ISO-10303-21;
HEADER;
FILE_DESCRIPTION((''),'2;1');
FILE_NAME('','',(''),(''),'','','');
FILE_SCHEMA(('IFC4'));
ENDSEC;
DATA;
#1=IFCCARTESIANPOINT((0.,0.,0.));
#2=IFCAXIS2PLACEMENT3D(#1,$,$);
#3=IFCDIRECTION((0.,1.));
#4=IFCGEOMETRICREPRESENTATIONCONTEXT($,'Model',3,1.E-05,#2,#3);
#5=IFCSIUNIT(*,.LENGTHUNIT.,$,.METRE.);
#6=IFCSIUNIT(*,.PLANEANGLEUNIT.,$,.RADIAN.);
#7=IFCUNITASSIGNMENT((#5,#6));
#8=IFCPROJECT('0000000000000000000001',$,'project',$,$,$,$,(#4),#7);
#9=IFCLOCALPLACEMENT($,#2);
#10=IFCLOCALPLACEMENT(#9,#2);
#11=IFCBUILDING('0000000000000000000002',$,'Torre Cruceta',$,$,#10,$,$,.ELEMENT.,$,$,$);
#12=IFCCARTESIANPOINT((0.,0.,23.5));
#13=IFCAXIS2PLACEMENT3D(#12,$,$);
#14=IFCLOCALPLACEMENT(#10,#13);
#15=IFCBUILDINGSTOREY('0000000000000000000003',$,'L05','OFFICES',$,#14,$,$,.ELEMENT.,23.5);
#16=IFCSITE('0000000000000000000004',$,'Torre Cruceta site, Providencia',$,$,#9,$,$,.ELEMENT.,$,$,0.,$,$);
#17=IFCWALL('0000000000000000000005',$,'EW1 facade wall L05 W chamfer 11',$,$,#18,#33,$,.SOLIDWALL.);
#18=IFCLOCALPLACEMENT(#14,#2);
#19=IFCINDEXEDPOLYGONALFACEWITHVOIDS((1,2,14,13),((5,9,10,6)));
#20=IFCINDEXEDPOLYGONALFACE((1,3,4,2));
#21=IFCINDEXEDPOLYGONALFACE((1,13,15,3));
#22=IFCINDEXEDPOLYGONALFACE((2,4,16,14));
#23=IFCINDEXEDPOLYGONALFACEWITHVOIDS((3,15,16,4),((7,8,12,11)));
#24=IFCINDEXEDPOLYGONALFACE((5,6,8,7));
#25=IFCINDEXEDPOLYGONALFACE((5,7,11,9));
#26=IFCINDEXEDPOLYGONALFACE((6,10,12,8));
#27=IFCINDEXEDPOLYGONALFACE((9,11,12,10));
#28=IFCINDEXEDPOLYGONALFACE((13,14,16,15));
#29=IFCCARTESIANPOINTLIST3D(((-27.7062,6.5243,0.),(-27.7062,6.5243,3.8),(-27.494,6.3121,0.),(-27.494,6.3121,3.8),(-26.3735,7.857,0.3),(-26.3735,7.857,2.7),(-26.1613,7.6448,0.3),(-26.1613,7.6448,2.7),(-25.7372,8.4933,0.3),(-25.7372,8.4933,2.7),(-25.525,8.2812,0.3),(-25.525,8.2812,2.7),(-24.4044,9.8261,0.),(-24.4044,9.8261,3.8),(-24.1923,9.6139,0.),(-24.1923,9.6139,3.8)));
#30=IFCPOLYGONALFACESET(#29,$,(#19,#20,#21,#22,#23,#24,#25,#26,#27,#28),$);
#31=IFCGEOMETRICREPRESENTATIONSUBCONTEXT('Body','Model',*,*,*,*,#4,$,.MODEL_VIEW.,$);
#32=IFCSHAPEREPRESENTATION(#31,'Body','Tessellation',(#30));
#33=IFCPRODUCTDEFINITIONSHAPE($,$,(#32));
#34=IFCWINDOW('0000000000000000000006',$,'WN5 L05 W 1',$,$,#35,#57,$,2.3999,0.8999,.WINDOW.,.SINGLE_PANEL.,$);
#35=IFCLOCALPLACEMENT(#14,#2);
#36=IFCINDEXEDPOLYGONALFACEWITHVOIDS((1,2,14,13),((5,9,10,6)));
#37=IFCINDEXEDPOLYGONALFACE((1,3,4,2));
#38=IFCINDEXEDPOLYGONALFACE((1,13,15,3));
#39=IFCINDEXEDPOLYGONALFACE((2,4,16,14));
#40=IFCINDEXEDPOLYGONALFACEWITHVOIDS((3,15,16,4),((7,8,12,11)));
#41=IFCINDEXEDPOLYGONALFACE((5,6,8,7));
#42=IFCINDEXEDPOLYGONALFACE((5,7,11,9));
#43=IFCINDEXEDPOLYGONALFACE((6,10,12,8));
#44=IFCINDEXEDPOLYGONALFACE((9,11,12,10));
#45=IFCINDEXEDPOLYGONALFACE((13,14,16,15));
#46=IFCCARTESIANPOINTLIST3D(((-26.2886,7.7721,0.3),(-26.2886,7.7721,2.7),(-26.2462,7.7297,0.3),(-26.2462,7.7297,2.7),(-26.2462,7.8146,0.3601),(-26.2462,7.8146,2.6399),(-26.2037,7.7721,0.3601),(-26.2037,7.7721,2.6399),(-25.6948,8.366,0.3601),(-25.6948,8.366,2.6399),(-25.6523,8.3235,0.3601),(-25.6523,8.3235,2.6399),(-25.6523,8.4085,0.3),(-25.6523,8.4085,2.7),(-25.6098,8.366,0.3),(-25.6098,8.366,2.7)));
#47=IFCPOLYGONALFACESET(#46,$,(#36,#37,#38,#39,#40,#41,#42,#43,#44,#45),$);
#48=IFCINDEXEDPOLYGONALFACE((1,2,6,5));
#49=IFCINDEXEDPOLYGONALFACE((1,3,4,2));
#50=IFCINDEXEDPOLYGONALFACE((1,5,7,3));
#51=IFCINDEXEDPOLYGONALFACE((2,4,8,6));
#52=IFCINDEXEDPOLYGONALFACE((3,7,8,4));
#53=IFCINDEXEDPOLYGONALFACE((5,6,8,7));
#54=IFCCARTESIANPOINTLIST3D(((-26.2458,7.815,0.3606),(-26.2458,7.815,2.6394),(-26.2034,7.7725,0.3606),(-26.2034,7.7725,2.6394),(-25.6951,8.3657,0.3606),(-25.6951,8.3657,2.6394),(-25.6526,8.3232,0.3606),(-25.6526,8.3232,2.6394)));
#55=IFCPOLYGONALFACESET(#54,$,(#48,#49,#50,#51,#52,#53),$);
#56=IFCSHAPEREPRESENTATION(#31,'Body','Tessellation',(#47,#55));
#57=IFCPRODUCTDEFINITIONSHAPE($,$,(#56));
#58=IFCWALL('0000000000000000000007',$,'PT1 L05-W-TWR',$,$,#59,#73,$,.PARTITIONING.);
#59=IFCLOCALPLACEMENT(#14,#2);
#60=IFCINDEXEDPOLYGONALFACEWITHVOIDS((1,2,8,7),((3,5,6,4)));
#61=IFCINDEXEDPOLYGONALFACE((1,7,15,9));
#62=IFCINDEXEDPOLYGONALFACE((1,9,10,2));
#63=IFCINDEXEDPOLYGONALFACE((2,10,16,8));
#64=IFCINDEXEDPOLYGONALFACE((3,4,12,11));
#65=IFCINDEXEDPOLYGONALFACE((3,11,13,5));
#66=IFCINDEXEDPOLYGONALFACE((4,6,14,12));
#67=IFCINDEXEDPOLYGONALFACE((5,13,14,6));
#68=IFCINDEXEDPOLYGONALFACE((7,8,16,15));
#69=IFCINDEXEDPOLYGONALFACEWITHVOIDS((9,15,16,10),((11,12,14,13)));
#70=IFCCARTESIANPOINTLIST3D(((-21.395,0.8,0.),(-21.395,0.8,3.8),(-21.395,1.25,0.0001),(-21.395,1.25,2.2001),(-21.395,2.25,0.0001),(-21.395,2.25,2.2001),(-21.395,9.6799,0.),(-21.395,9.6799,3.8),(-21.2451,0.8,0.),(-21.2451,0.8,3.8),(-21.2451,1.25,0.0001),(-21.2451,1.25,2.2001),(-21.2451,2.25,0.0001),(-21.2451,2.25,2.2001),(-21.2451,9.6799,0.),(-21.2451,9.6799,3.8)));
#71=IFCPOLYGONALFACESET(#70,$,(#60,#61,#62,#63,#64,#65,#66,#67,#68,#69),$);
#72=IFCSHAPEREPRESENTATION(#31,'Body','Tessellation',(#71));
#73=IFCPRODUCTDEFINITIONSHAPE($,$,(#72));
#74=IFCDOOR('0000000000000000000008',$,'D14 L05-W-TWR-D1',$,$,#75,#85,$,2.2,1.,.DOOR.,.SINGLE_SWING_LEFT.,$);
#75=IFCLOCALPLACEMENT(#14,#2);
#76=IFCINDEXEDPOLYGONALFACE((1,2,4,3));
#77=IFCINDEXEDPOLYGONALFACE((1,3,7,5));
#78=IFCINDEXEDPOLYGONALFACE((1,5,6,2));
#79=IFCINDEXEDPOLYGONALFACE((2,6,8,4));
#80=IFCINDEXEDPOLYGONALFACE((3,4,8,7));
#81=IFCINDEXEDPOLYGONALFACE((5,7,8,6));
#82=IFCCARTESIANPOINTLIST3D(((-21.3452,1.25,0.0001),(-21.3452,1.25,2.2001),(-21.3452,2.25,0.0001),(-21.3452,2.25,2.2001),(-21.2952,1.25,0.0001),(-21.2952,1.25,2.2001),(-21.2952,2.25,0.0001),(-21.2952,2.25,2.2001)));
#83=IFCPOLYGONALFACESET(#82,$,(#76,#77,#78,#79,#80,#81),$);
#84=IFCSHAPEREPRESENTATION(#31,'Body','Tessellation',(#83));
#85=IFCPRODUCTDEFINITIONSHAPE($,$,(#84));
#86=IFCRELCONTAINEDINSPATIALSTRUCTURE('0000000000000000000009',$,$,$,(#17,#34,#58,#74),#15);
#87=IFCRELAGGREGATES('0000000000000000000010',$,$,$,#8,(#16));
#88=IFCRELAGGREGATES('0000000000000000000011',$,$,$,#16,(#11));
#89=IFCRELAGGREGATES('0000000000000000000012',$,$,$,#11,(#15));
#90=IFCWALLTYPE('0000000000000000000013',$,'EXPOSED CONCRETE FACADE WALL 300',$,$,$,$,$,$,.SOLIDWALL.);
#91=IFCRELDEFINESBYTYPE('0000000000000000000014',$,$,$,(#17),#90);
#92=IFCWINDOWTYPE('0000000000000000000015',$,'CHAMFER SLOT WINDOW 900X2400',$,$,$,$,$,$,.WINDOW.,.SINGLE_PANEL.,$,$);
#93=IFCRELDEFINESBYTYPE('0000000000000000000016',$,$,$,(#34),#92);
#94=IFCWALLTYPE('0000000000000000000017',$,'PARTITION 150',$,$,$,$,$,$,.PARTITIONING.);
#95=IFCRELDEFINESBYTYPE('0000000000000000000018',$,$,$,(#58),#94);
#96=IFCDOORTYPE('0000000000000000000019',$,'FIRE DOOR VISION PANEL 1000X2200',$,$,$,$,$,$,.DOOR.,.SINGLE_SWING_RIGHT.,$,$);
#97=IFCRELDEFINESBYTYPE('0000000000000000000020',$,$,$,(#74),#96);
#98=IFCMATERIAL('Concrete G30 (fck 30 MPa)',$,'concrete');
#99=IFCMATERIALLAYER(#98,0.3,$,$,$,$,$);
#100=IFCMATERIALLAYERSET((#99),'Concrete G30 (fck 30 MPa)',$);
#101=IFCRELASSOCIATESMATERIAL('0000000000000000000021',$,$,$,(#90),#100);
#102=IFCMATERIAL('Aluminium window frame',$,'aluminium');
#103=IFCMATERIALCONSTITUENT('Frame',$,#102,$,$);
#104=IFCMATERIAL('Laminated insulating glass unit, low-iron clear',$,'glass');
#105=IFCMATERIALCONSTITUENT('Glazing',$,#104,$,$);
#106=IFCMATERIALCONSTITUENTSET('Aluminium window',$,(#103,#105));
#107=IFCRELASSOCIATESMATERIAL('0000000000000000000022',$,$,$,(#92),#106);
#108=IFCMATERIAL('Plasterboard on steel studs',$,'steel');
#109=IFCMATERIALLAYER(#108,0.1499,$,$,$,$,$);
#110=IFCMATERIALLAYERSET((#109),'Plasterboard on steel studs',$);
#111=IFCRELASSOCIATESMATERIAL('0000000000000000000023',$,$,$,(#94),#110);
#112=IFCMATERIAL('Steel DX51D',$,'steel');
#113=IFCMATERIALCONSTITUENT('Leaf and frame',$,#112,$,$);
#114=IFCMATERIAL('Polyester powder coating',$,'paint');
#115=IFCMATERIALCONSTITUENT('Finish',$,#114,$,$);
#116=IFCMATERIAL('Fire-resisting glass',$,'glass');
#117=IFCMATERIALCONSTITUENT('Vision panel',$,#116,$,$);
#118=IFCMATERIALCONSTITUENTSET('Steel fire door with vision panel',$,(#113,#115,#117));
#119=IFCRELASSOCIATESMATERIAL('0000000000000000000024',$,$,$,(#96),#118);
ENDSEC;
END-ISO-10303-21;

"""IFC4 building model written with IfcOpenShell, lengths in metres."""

from ifc_helpers import new_model, si_unit, direction, frame, frame_2d, origin, place, context, subcontext, project, spatial, rectangle, hollow_rectangle, extrude, material, layer, layer_set, constituent, constituent_set, type_object, element, fill, save


model = new_model("IFC4")

# Units and contexts
model_context = context("Model", 3, precision=1e-05, world=origin(), true_north=direction((0.0, 1.0)))
body_context = subcontext(model_context, "Body", "Model", "MODEL_VIEW")
ifc_project = project(units=[si_unit("LENGTHUNIT", "METRE"), si_unit("PLANEANGLEUNIT", "RADIAN")], contexts=[model_context])

# Site, building, storey
site_placement = place(None, origin())
site = spatial("IfcSite", under=ifc_project, at=site_placement, Name="Torre Cruceta site, Providencia", CompositionType="ELEMENT", RefElevation=0.0)
building_placement = place(site_placement, origin())
building = spatial("IfcBuilding", under=site, at=building_placement, Name="Torre Cruceta", CompositionType="ELEMENT")
storey_placement = place(building_placement, frame((0.0, 0.0, 23.5)))
storey = spatial("IfcBuildingStorey", under=building, at=storey_placement, Name="L05", Description="OFFICES", CompositionType="ELEMENT", Elevation=23.5)

# Wall, opening, window
ifc_material_1 = material(Name="Concrete G30 (fck 30 MPa)", Category="concrete")
ifc_layer_1 = layer(ifc_material_1, 0.3)
ifc_layer_set_1 = layer_set([ifc_layer_1], Name="Concrete G30 (fck 30 MPa)")
wall_type_1 = type_object("IfcWallType", Name="EXPOSED CONCRETE FACADE WALL 300", PredefinedType="SOLIDWALL", material=ifc_layer_set_1)
wall_1_placement = place(storey_placement, frame((-24.2983, 9.72, 0.0), z_axis=(0.0, 0.0, 1.0), x_axis=(-0.707107, -0.707107, 0.0)))
wall_1 = element("IfcWall", 1, at=wall_1_placement, inside=storey, type_object=wall_type_1, Name="EW1 facade wall L05 W chamfer 11", PredefinedType="SOLIDWALL", context=body_context, shape_type="SweptSolid", body=[
    extrude(rectangle(XDim=4.6694, YDim=0.3, at=frame_2d((2.3347, 0.0))), origin(), (0.0, 0.0, 1.0), 3.8),
])
opening_1_placement = place(wall_1_placement, frame((1.8848, 0.0, 0.3)))
opening_1 = element("IfcOpeningElement", 2, at=opening_1_placement, cuts=wall_1, PredefinedType="OPENING", context=body_context, shape_type="SweptSolid", body=[
    extrude(rectangle(XDim=0.8999, YDim=2.3999, at=frame_2d((0.45, 1.2))), frame((0.0, 0.1599, 0.0), z_axis=(0.0, -1.0, 0.0), x_axis=(1.0, 0.0, 0.0)), (0.0, 0.0, 1.0), 0.3201),
])
ifc_material_2 = material(Name="Aluminium window frame", Category="aluminium")
ifc_constituent_1 = constituent(ifc_material_2, Name="Frame")
ifc_material_3 = material(Name="Laminated insulating glass unit, low-iron clear", Category="glass")
ifc_constituent_2 = constituent(ifc_material_3, Name="Glazing")
ifc_constituent_set_1 = constituent_set(constituents=[ifc_constituent_1, ifc_constituent_2], Name="Aluminium window")
window_type = type_object("IfcWindowType", Name="CHAMFER SLOT WINDOW 900X2400", PartitioningType="SINGLE_PANEL", PredefinedType="WINDOW", material=ifc_constituent_set_1)
window_placement = place(opening_1_placement, origin())
window = element("IfcWindow", 3, at=window_placement, inside=storey, type_object=window_type, Name="WN5 L05 W 1", OverallHeight=2.3999, OverallWidth=0.8999, PartitioningType="SINGLE_PANEL", PredefinedType="WINDOW", context=body_context, shape_type="SweptSolid", body=[
    extrude(hollow_rectangle(XDim=0.8999, YDim=2.3999, WallThickness=0.0601, at=frame_2d((0.45, 1.2))), frame((0.0, 0.03, 0.0), z_axis=(0.0, -1.0, 0.0), x_axis=(1.0, 0.0, 0.0)), (0.0, 0.0, 1.0), 0.0601),
    extrude(rectangle(XDim=0.7788, YDim=2.2788, at=frame_2d((0.45, 1.2))), frame((0.0, 0.03, 0.0), z_axis=(0.0, -1.0, 0.0), x_axis=(1.0, 0.0, 0.0)), (0.0, 0.0, 1.0), 0.0601),
])
fill(opening_1, window)

# Wall, opening, door
ifc_material_4 = material(Name="Plasterboard on steel studs", Category="steel")
ifc_layer_2 = layer(ifc_material_4, 0.1499)
ifc_layer_set_2 = layer_set([ifc_layer_2], Name="Plasterboard on steel studs")
wall_type_2 = type_object("IfcWallType", Name="PARTITION 150", PredefinedType="PARTITIONING", material=ifc_layer_set_2)
wall_2_placement = place(storey_placement, frame((-21.3201, 9.6799, 0.0), z_axis=(0.0, 0.0, 1.0), x_axis=(0.0, -1.0, 0.0)))
wall_2 = element("IfcWall", 4, at=wall_2_placement, inside=storey, type_object=wall_type_2, Name="PT1 L05-W-TWR", PredefinedType="PARTITIONING", context=body_context, shape_type="SweptSolid", body=[
    extrude(rectangle(XDim=8.8799, YDim=0.1499, at=frame_2d((4.4399, 0.0))), origin(), (0.0, 0.0, 1.0), 3.8),
])
opening_2_placement = place(wall_2_placement, frame((7.4299, 0.0, 0.0)))
opening_2 = element("IfcOpeningElement", 5, at=opening_2_placement, cuts=wall_2, PredefinedType="OPENING", context=body_context, shape_type="SweptSolid", body=[
    extrude(rectangle(XDim=1.0, YDim=2.2, at=frame_2d((0.5, 1.1001))), frame((0.0, 0.085, 0.0), z_axis=(0.0, -1.0, 0.0), x_axis=(1.0, 0.0, 0.0)), (0.0, 0.0, 1.0), 0.1699),
])
ifc_material_5 = material(Name="Steel DX51D", Category="steel")
ifc_constituent_3 = constituent(ifc_material_5, Name="Leaf and frame")
ifc_material_6 = material(Name="Polyester powder coating", Category="paint")
ifc_constituent_4 = constituent(ifc_material_6, Name="Finish")
ifc_material_7 = material(Name="Fire-resisting glass", Category="glass")
ifc_constituent_5 = constituent(ifc_material_7, Name="Vision panel")
ifc_constituent_set_2 = constituent_set(constituents=[ifc_constituent_3, ifc_constituent_4, ifc_constituent_5], Name="Steel fire door with vision panel")
door_type = type_object("IfcDoorType", Name="FIRE DOOR VISION PANEL 1000X2200", OperationType="SINGLE_SWING_RIGHT", PredefinedType="DOOR", material=ifc_constituent_set_2)
door_placement = place(opening_2_placement, frame((1.0, 0.0, 0.0), z_axis=(0.0, 0.0, 1.0), x_axis=(-1.0, 0.0, 0.0)))
door = element("IfcDoor", 6, at=door_placement, inside=storey, type_object=door_type, Name="D14 L05-W-TWR-D1", OperationType="SINGLE_SWING_LEFT", OverallHeight=2.2, OverallWidth=1.0, PredefinedType="DOOR", context=body_context, shape_type="SweptSolid", body=[
    extrude(rectangle(XDim=1.0, YDim=2.2, at=frame_2d((0.5, 1.1001))), frame((0.0, 0.0251, 0.0), z_axis=(0.0, -1.0, 0.0), x_axis=(1.0, 0.0, 0.0)), (0.0, 0.0, 1.0), 0.05),
])
fill(opening_2, door)

save(model, "model.ifc")
